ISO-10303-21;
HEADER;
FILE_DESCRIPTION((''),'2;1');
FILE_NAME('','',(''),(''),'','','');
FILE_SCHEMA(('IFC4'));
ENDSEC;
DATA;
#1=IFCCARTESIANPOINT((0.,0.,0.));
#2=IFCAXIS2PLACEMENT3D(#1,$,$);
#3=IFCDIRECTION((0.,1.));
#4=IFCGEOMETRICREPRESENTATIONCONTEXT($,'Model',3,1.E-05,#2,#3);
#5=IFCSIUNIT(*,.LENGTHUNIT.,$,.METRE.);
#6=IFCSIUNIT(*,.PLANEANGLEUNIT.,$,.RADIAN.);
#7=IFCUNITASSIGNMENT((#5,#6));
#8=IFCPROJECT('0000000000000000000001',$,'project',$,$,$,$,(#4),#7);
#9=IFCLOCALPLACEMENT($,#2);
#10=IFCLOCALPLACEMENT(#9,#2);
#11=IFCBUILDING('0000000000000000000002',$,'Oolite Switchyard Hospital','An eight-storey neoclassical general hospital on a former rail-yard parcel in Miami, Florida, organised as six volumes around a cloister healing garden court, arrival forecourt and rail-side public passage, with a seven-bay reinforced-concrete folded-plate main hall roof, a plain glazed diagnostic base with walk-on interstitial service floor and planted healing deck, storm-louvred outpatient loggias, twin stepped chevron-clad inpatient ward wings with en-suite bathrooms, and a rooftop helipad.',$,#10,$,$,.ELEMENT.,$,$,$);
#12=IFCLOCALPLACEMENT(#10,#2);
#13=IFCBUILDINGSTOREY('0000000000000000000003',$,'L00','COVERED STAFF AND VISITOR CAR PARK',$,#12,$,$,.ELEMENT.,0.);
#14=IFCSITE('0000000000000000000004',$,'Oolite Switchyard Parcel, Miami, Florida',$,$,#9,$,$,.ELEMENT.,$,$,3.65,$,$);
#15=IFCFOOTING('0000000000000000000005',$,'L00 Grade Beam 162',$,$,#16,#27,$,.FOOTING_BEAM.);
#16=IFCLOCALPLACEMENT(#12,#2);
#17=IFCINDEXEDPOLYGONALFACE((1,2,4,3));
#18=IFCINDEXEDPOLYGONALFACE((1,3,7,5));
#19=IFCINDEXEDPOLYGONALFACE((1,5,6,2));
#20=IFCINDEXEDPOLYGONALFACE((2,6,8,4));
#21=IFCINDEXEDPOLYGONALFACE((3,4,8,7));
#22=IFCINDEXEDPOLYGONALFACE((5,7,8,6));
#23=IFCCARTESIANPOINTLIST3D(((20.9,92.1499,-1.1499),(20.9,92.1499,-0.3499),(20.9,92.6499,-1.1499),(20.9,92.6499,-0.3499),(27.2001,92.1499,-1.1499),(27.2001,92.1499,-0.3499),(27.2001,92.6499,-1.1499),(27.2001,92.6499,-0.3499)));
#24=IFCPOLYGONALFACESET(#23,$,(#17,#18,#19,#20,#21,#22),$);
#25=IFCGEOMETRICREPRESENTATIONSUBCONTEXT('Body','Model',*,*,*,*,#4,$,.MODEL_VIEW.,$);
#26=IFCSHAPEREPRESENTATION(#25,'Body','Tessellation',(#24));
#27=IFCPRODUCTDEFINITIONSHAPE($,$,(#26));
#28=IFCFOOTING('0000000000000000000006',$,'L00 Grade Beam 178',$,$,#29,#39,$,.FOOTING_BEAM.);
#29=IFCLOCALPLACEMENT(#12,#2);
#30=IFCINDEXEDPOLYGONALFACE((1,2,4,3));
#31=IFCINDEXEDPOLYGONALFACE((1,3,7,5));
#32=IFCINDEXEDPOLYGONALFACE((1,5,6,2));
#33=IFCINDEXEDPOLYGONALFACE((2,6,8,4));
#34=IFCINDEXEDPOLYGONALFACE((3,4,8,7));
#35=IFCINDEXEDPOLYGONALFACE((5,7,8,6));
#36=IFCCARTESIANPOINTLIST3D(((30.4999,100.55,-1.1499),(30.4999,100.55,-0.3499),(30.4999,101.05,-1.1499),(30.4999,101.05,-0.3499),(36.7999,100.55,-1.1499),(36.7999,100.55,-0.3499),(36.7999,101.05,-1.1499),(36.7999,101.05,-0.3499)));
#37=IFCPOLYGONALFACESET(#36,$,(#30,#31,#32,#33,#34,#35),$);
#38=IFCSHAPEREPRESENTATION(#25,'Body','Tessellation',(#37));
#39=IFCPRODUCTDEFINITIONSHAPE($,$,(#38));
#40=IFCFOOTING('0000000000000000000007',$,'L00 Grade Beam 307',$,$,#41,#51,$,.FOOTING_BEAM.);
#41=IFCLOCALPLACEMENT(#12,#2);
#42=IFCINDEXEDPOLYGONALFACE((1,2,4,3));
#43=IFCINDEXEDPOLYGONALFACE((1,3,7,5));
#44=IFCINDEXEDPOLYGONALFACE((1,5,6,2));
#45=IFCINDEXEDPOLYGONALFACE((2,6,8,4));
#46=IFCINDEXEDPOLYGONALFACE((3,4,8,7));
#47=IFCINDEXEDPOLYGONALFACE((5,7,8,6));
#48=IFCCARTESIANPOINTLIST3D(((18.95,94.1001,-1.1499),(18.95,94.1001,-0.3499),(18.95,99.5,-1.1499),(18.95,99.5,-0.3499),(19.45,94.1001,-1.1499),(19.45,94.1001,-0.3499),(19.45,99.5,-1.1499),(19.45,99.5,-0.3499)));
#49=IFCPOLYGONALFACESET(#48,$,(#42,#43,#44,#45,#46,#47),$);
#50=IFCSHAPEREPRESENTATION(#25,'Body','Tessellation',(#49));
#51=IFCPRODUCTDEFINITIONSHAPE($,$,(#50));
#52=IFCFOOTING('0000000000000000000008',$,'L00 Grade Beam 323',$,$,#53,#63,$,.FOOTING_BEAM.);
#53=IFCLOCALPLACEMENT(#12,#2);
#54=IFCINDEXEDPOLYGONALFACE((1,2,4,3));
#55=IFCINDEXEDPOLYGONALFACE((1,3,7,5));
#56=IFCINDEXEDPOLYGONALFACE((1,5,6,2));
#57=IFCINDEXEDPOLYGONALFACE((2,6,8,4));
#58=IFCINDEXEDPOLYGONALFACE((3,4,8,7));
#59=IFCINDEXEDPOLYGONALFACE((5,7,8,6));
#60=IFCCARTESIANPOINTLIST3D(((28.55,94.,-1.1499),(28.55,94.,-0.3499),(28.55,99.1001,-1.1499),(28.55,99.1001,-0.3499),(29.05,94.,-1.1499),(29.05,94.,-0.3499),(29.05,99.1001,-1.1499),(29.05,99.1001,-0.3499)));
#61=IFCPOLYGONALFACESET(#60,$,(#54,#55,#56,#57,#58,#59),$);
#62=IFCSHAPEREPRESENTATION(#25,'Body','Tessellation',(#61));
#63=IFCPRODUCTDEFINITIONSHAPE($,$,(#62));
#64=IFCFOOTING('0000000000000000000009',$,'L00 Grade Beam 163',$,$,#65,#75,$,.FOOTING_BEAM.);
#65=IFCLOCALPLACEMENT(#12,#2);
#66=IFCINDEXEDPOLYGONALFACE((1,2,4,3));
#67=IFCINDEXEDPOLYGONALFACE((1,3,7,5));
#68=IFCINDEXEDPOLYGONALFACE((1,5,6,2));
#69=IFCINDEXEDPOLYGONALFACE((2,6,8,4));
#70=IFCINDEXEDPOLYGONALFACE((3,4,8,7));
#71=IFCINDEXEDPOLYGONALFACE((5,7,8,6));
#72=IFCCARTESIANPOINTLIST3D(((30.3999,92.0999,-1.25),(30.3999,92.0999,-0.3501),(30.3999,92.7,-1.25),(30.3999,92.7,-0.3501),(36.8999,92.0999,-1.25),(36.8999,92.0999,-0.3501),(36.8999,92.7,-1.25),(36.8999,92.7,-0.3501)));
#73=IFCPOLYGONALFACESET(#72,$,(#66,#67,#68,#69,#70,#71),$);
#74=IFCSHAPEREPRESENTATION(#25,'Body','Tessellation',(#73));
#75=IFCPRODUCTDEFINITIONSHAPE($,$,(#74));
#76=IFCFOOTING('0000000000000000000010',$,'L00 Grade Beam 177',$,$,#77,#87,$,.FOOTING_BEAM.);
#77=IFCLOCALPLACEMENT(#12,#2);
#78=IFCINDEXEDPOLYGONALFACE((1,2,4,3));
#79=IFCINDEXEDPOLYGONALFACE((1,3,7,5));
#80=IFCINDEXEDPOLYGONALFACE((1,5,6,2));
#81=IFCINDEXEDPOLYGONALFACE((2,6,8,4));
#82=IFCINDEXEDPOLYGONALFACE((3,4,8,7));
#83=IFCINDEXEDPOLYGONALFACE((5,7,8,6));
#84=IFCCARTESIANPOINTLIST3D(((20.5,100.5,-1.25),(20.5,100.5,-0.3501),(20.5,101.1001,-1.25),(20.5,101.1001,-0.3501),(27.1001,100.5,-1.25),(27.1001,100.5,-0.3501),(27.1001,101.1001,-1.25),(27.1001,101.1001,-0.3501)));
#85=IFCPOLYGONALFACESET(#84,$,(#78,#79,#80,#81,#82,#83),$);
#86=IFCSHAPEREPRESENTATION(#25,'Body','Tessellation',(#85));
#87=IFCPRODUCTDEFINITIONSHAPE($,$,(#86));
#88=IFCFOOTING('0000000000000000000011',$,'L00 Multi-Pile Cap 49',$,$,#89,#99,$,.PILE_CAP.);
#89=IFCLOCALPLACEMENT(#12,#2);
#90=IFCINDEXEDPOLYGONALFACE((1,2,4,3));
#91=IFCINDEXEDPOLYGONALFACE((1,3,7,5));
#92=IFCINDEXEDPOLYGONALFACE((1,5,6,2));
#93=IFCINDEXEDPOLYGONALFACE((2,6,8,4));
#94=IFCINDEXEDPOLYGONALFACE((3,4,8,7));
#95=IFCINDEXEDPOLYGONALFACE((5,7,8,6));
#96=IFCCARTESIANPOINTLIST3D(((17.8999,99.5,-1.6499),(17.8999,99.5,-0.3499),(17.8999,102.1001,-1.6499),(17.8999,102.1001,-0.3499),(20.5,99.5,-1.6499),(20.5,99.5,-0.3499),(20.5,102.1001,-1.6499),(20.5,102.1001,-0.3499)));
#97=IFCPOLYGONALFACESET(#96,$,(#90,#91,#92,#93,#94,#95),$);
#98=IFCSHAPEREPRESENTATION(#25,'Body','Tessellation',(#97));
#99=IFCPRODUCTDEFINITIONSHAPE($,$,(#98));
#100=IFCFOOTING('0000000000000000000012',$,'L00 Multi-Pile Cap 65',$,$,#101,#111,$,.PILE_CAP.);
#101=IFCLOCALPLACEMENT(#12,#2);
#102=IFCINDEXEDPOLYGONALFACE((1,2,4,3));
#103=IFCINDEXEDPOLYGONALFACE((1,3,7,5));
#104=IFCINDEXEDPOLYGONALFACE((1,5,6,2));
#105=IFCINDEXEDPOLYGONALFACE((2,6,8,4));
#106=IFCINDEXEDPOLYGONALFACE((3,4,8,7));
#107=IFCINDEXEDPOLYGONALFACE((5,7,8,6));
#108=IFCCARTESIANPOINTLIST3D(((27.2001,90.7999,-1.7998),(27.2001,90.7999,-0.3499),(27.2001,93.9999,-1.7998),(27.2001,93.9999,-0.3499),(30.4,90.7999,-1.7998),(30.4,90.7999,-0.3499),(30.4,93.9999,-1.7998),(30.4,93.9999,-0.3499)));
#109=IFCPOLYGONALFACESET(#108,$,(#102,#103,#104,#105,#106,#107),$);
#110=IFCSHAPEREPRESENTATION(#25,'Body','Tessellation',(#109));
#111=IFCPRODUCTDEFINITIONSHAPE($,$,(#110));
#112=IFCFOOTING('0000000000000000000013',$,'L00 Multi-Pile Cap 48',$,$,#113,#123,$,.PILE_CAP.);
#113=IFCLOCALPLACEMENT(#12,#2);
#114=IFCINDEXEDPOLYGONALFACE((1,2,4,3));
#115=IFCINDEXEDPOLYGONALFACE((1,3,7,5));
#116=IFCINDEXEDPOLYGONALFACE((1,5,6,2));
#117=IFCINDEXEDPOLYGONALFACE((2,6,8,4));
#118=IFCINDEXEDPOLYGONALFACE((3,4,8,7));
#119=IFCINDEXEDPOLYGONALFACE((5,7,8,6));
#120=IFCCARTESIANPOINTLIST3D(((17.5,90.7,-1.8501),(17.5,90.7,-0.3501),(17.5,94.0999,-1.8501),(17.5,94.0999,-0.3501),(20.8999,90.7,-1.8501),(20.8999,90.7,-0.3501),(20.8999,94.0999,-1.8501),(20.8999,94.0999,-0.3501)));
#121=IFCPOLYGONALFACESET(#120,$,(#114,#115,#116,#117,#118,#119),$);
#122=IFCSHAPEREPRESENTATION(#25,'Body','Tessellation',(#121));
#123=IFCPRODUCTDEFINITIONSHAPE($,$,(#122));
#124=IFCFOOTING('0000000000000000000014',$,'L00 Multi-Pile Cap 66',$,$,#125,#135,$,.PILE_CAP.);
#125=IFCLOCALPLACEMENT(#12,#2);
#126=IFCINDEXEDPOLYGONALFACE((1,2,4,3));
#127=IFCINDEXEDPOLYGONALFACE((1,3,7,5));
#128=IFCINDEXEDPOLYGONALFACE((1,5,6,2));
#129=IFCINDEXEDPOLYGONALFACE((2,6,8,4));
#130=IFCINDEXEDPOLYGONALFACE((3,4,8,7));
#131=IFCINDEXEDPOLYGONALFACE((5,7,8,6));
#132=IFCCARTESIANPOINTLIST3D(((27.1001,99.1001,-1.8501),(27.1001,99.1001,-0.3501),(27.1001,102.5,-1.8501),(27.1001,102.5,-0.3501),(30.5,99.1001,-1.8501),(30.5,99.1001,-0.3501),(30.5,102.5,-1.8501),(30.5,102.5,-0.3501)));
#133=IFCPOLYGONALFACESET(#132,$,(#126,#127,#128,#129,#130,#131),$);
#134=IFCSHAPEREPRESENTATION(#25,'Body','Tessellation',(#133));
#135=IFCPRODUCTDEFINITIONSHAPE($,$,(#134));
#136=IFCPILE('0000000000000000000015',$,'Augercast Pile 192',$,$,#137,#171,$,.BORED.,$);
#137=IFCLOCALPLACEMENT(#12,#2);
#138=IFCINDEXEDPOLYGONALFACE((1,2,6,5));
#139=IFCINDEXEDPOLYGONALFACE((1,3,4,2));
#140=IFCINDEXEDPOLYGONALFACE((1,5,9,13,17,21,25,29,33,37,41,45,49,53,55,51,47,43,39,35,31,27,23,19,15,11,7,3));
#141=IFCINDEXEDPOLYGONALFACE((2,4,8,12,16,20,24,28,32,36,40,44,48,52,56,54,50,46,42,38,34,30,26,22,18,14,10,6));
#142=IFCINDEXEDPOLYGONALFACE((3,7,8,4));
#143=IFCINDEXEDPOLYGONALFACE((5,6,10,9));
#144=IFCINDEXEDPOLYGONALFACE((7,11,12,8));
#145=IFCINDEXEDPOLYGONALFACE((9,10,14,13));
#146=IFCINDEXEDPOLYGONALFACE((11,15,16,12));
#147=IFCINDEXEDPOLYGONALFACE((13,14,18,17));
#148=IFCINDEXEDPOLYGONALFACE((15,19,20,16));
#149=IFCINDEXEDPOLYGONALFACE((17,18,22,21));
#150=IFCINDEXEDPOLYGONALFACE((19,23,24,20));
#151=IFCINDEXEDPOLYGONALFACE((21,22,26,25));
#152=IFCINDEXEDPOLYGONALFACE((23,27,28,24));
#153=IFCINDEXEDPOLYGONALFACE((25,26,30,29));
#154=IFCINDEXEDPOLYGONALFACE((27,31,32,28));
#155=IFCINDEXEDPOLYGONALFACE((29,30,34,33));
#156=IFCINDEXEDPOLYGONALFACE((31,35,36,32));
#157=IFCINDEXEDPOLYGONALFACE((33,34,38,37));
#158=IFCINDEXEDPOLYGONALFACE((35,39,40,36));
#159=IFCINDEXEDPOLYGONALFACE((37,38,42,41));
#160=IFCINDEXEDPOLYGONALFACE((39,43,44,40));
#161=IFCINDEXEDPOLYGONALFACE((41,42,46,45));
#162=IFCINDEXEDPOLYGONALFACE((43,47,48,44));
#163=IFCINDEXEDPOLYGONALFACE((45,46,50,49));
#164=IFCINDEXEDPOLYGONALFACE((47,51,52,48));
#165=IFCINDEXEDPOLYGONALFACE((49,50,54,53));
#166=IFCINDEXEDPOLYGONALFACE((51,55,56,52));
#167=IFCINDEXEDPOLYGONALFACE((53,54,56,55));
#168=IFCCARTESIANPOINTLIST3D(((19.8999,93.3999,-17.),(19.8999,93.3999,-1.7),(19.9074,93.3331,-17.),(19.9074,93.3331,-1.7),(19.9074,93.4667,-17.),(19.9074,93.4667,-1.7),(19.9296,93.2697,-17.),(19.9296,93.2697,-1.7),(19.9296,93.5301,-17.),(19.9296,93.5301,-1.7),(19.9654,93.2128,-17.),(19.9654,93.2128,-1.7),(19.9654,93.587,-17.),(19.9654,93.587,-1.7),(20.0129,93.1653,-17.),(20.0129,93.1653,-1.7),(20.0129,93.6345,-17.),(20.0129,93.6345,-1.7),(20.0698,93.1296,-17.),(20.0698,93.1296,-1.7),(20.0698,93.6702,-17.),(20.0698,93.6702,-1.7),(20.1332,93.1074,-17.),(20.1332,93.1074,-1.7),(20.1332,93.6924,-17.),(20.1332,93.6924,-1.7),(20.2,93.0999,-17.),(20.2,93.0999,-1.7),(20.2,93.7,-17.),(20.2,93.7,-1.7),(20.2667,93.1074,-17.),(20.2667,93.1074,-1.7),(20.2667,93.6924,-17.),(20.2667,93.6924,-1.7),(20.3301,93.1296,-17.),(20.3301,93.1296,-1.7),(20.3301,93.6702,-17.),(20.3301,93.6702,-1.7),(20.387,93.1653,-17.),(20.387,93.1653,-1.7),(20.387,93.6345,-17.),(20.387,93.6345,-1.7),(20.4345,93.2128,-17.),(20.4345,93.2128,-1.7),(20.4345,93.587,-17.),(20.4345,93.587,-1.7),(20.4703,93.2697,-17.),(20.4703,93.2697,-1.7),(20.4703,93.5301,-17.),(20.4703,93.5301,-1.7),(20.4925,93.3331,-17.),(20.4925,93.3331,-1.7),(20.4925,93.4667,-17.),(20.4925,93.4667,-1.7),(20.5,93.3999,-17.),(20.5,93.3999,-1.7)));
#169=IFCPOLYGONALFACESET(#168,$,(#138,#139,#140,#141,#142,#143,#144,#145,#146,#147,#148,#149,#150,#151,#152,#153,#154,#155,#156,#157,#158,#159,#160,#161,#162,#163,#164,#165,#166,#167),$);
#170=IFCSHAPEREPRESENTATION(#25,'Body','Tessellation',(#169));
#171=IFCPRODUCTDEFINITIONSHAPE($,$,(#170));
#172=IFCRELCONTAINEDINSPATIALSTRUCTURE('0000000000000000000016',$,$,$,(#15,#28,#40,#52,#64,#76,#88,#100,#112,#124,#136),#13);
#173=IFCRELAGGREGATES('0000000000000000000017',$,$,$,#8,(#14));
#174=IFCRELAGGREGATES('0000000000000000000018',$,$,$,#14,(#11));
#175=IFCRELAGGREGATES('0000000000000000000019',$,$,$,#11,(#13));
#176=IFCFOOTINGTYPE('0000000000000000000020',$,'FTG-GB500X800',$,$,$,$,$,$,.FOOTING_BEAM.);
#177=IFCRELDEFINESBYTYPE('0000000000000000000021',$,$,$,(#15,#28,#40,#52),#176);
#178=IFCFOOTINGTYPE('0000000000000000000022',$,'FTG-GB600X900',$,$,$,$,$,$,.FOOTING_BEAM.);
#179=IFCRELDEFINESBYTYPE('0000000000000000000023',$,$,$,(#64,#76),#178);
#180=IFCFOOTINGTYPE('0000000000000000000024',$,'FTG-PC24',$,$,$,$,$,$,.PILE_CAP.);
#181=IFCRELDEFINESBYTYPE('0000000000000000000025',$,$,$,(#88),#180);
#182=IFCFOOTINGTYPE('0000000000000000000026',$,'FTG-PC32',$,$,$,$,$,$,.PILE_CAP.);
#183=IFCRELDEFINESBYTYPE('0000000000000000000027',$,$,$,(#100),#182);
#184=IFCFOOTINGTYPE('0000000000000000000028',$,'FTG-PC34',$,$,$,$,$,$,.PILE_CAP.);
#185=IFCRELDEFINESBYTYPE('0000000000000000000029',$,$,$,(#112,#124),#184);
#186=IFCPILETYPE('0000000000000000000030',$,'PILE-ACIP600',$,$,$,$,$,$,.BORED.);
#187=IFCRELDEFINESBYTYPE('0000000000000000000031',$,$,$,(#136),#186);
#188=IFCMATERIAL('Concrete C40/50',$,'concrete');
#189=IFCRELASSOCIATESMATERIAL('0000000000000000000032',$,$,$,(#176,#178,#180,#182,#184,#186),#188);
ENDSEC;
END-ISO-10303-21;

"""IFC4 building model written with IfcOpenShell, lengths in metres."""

from ifc_helpers import new_model, si_unit, direction, frame, origin, origin_2d, place, context, subcontext, project, spatial, rectangle, circle, extrude, material, material_profile, profile_set, type_object, element, save


model = new_model("IFC4")

# Units and contexts
model_context = context("Model", 3, precision=1e-05, world=origin(), true_north=direction((0.0, 1.0)))
body_context = subcontext(model_context, "Body", "Model", "MODEL_VIEW")
ifc_project = project(units=[si_unit("LENGTHUNIT", "METRE"), si_unit("PLANEANGLEUNIT", "RADIAN")], contexts=[model_context])

# Site, building, storey
site_placement = place(None, origin())
site = spatial("IfcSite", under=ifc_project, at=site_placement, Name="Oolite Switchyard Parcel, Miami, Florida", CompositionType="ELEMENT", RefElevation=3.65)
building_placement = place(site_placement, origin())
building = spatial("IfcBuilding", under=site, at=building_placement, Name="Oolite Switchyard Hospital", Description="An eight-storey neoclassical general hospital on a former rail-yard parcel in Miami, Florida, organised as six volumes around a cloister healing garden court, arrival forecourt and rail-side public passage, with a seven-bay reinforced-concrete folded-plate main hall roof, a plain glazed diagnostic base with walk-on interstitial service floor and planted healing deck, storm-louvred outpatient loggias, twin stepped chevron-clad inpatient ward wings with en-suite bathrooms, and a rooftop helipad.", CompositionType="ELEMENT")
storey_placement = place(building_placement, origin())
storey = spatial("IfcBuildingStorey", under=building, at=storey_placement, Name="L00", Description="COVERED STAFF AND VISITOR CAR PARK", CompositionType="ELEMENT", Elevation=0.0)

# Footings
ifc_material_1 = material(Name="Concrete C40/50", Category="concrete")
footing_type_1 = type_object("IfcFootingType", Name="FTG-GB500X800", PredefinedType="FOOTING_BEAM", material=ifc_material_1)
for number, where, z_axis, x_axis, name in (
    (1, (24.05, 92.3999, -1.1499), (0.0, 0.0, 1.0), (1.0, 0.0, 0.0), "L00 Grade Beam 162"),
    (2, (33.6499, 100.8, -1.1499), (0.0, 0.0, 1.0), (1.0, 0.0, 0.0), "L00 Grade Beam 178"),
):
    element("IfcFooting", number, at=place(storey_placement, frame(where, z_axis=z_axis, x_axis=x_axis)), inside=storey, type_object=footing_type_1, Name=name, PredefinedType="FOOTING_BEAM", context=body_context, shape_type="SweptSolid", body=[
        extrude(rectangle(XDim=6.3, YDim=0.5, at=origin_2d()), origin(), (0.0, 0.0, 1.0), 0.8),
    ])
footing_1_placement = place(storey_placement, frame((19.2, 96.8, -1.1499), z_axis=(0.0, 0.0, 1.0), x_axis=(0.0, 1.0, 0.0)))
element("IfcFooting", 3, at=footing_1_placement, inside=storey, type_object=footing_type_1, Name="L00 Grade Beam 307", PredefinedType="FOOTING_BEAM", context=body_context, shape_type="SweptSolid", body=[
    extrude(rectangle(XDim=5.3999, YDim=0.5, at=origin_2d()), origin(), (0.0, 0.0, 1.0), 0.8),
])
footing_2_placement = place(storey_placement, frame((28.8, 96.55, -1.1499), z_axis=(0.0, 0.0, 1.0), x_axis=(0.0, 1.0, 0.0)))
element("IfcFooting", 4, at=footing_2_placement, inside=storey, type_object=footing_type_1, Name="L00 Grade Beam 323", PredefinedType="FOOTING_BEAM", context=body_context, shape_type="SweptSolid", body=[
    extrude(rectangle(XDim=5.1001, YDim=0.5, at=origin_2d()), origin(), (0.0, 0.0, 1.0), 0.8),
])
footing_type_2 = type_object("IfcFootingType", Name="FTG-GB600X900", PredefinedType="FOOTING_BEAM", material=ifc_material_1)
footing_3_placement = place(storey_placement, frame((33.6499, 92.3999, -1.25), z_axis=(0.0, 0.0, 1.0), x_axis=(1.0, 0.0, 0.0)))
element("IfcFooting", 5, at=footing_3_placement, inside=storey, type_object=footing_type_2, Name="L00 Grade Beam 163", PredefinedType="FOOTING_BEAM", context=body_context, shape_type="SweptSolid", body=[
    extrude(rectangle(XDim=6.5, YDim=0.6001, at=origin_2d()), origin(), (0.0, 0.0, 1.0), 0.8999),
])
footing_4_placement = place(storey_placement, frame((23.8, 100.8, -1.25), z_axis=(0.0, 0.0, 1.0), x_axis=(1.0, 0.0, 0.0)))
element("IfcFooting", 6, at=footing_4_placement, inside=storey, type_object=footing_type_2, Name="L00 Grade Beam 177", PredefinedType="FOOTING_BEAM", context=body_context, shape_type="SweptSolid", body=[
    extrude(rectangle(XDim=6.6001, YDim=0.6001, at=origin_2d()), origin(), (0.0, 0.0, 1.0), 0.8999),
])
footing_type_3 = type_object("IfcFootingType", Name="FTG-PC24", PredefinedType="PILE_CAP", material=ifc_material_1)
footing_5_placement = place(storey_placement, frame((19.2, 100.8, -1.6499), z_axis=(0.0, 0.0, 1.0), x_axis=(1.0, 0.0, 0.0)))
element("IfcFooting", 7, at=footing_5_placement, inside=storey, type_object=footing_type_3, Name="L00 Multi-Pile Cap 49", PredefinedType="PILE_CAP", context=body_context, shape_type="SweptSolid", body=[
    extrude(rectangle(XDim=2.6001, YDim=2.6001, at=origin_2d()), origin(), (0.0, 0.0, 1.0), 1.3),
])
footing_type_4 = type_object("IfcFootingType", Name="FTG-PC32", PredefinedType="PILE_CAP", material=ifc_material_1)
footing_6_placement = place(storey_placement, frame((28.8, 92.3999, -1.7998), z_axis=(0.0, 0.0, 1.0), x_axis=(1.0, 0.0, 0.0)))
element("IfcFooting", 8, at=footing_6_placement, inside=storey, type_object=footing_type_4, Name="L00 Multi-Pile Cap 65", PredefinedType="PILE_CAP", context=body_context, shape_type="SweptSolid", body=[
    extrude(rectangle(XDim=3.2, YDim=3.2, at=origin_2d()), origin(), (0.0, 0.0, 1.0), 1.45),
])
footing_type_5 = type_object("IfcFootingType", Name="FTG-PC34", PredefinedType="PILE_CAP", material=ifc_material_1)
for number, where, z_axis, x_axis, name in (
    (9, (19.2, 92.3999, -1.8501), (0.0, 0.0, 1.0), (1.0, 0.0, 0.0), "L00 Multi-Pile Cap 48"),
    (10, (28.8, 100.8, -1.8501), (0.0, 0.0, 1.0), (1.0, 0.0, 0.0), "L00 Multi-Pile Cap 66"),
):
    element("IfcFooting", number, at=place(storey_placement, frame(where, z_axis=z_axis, x_axis=x_axis)), inside=storey, type_object=footing_type_5, Name=name, PredefinedType="PILE_CAP", context=body_context, shape_type="SweptSolid", body=[
        extrude(rectangle(XDim=3.3999, YDim=3.3999, at=origin_2d()), origin(), (0.0, 0.0, 1.0), 1.5),
    ])

# Pile
ifc_material_profile_1 = material_profile(ifc_material_1, circle(Radius=0.3, at=origin_2d()), Name="PILE600")
ifc_profile_set_1 = profile_set([ifc_material_profile_1], Name="Concrete C40/50")
pile_type = type_object("IfcPileType", Name="PILE-ACIP600", PredefinedType="BORED", material=ifc_profile_set_1)
pile_1_placement = place(storey_placement, frame((20.2, 93.3999, -1.7), z_axis=(0.0, 0.0, -1.0), x_axis=(1.0, 0.0, 0.0)))
element("IfcPile", 11, at=pile_1_placement, inside=storey, type_object=pile_type, Name="Augercast Pile 192", PredefinedType="BORED", context=body_context, shape_type="SweptSolid", body=[
    extrude(circle(Radius=0.3, at=origin_2d()), origin(), (0.0, 0.0, 1.0), 15.3),
])

save(model, "model.ifc")
